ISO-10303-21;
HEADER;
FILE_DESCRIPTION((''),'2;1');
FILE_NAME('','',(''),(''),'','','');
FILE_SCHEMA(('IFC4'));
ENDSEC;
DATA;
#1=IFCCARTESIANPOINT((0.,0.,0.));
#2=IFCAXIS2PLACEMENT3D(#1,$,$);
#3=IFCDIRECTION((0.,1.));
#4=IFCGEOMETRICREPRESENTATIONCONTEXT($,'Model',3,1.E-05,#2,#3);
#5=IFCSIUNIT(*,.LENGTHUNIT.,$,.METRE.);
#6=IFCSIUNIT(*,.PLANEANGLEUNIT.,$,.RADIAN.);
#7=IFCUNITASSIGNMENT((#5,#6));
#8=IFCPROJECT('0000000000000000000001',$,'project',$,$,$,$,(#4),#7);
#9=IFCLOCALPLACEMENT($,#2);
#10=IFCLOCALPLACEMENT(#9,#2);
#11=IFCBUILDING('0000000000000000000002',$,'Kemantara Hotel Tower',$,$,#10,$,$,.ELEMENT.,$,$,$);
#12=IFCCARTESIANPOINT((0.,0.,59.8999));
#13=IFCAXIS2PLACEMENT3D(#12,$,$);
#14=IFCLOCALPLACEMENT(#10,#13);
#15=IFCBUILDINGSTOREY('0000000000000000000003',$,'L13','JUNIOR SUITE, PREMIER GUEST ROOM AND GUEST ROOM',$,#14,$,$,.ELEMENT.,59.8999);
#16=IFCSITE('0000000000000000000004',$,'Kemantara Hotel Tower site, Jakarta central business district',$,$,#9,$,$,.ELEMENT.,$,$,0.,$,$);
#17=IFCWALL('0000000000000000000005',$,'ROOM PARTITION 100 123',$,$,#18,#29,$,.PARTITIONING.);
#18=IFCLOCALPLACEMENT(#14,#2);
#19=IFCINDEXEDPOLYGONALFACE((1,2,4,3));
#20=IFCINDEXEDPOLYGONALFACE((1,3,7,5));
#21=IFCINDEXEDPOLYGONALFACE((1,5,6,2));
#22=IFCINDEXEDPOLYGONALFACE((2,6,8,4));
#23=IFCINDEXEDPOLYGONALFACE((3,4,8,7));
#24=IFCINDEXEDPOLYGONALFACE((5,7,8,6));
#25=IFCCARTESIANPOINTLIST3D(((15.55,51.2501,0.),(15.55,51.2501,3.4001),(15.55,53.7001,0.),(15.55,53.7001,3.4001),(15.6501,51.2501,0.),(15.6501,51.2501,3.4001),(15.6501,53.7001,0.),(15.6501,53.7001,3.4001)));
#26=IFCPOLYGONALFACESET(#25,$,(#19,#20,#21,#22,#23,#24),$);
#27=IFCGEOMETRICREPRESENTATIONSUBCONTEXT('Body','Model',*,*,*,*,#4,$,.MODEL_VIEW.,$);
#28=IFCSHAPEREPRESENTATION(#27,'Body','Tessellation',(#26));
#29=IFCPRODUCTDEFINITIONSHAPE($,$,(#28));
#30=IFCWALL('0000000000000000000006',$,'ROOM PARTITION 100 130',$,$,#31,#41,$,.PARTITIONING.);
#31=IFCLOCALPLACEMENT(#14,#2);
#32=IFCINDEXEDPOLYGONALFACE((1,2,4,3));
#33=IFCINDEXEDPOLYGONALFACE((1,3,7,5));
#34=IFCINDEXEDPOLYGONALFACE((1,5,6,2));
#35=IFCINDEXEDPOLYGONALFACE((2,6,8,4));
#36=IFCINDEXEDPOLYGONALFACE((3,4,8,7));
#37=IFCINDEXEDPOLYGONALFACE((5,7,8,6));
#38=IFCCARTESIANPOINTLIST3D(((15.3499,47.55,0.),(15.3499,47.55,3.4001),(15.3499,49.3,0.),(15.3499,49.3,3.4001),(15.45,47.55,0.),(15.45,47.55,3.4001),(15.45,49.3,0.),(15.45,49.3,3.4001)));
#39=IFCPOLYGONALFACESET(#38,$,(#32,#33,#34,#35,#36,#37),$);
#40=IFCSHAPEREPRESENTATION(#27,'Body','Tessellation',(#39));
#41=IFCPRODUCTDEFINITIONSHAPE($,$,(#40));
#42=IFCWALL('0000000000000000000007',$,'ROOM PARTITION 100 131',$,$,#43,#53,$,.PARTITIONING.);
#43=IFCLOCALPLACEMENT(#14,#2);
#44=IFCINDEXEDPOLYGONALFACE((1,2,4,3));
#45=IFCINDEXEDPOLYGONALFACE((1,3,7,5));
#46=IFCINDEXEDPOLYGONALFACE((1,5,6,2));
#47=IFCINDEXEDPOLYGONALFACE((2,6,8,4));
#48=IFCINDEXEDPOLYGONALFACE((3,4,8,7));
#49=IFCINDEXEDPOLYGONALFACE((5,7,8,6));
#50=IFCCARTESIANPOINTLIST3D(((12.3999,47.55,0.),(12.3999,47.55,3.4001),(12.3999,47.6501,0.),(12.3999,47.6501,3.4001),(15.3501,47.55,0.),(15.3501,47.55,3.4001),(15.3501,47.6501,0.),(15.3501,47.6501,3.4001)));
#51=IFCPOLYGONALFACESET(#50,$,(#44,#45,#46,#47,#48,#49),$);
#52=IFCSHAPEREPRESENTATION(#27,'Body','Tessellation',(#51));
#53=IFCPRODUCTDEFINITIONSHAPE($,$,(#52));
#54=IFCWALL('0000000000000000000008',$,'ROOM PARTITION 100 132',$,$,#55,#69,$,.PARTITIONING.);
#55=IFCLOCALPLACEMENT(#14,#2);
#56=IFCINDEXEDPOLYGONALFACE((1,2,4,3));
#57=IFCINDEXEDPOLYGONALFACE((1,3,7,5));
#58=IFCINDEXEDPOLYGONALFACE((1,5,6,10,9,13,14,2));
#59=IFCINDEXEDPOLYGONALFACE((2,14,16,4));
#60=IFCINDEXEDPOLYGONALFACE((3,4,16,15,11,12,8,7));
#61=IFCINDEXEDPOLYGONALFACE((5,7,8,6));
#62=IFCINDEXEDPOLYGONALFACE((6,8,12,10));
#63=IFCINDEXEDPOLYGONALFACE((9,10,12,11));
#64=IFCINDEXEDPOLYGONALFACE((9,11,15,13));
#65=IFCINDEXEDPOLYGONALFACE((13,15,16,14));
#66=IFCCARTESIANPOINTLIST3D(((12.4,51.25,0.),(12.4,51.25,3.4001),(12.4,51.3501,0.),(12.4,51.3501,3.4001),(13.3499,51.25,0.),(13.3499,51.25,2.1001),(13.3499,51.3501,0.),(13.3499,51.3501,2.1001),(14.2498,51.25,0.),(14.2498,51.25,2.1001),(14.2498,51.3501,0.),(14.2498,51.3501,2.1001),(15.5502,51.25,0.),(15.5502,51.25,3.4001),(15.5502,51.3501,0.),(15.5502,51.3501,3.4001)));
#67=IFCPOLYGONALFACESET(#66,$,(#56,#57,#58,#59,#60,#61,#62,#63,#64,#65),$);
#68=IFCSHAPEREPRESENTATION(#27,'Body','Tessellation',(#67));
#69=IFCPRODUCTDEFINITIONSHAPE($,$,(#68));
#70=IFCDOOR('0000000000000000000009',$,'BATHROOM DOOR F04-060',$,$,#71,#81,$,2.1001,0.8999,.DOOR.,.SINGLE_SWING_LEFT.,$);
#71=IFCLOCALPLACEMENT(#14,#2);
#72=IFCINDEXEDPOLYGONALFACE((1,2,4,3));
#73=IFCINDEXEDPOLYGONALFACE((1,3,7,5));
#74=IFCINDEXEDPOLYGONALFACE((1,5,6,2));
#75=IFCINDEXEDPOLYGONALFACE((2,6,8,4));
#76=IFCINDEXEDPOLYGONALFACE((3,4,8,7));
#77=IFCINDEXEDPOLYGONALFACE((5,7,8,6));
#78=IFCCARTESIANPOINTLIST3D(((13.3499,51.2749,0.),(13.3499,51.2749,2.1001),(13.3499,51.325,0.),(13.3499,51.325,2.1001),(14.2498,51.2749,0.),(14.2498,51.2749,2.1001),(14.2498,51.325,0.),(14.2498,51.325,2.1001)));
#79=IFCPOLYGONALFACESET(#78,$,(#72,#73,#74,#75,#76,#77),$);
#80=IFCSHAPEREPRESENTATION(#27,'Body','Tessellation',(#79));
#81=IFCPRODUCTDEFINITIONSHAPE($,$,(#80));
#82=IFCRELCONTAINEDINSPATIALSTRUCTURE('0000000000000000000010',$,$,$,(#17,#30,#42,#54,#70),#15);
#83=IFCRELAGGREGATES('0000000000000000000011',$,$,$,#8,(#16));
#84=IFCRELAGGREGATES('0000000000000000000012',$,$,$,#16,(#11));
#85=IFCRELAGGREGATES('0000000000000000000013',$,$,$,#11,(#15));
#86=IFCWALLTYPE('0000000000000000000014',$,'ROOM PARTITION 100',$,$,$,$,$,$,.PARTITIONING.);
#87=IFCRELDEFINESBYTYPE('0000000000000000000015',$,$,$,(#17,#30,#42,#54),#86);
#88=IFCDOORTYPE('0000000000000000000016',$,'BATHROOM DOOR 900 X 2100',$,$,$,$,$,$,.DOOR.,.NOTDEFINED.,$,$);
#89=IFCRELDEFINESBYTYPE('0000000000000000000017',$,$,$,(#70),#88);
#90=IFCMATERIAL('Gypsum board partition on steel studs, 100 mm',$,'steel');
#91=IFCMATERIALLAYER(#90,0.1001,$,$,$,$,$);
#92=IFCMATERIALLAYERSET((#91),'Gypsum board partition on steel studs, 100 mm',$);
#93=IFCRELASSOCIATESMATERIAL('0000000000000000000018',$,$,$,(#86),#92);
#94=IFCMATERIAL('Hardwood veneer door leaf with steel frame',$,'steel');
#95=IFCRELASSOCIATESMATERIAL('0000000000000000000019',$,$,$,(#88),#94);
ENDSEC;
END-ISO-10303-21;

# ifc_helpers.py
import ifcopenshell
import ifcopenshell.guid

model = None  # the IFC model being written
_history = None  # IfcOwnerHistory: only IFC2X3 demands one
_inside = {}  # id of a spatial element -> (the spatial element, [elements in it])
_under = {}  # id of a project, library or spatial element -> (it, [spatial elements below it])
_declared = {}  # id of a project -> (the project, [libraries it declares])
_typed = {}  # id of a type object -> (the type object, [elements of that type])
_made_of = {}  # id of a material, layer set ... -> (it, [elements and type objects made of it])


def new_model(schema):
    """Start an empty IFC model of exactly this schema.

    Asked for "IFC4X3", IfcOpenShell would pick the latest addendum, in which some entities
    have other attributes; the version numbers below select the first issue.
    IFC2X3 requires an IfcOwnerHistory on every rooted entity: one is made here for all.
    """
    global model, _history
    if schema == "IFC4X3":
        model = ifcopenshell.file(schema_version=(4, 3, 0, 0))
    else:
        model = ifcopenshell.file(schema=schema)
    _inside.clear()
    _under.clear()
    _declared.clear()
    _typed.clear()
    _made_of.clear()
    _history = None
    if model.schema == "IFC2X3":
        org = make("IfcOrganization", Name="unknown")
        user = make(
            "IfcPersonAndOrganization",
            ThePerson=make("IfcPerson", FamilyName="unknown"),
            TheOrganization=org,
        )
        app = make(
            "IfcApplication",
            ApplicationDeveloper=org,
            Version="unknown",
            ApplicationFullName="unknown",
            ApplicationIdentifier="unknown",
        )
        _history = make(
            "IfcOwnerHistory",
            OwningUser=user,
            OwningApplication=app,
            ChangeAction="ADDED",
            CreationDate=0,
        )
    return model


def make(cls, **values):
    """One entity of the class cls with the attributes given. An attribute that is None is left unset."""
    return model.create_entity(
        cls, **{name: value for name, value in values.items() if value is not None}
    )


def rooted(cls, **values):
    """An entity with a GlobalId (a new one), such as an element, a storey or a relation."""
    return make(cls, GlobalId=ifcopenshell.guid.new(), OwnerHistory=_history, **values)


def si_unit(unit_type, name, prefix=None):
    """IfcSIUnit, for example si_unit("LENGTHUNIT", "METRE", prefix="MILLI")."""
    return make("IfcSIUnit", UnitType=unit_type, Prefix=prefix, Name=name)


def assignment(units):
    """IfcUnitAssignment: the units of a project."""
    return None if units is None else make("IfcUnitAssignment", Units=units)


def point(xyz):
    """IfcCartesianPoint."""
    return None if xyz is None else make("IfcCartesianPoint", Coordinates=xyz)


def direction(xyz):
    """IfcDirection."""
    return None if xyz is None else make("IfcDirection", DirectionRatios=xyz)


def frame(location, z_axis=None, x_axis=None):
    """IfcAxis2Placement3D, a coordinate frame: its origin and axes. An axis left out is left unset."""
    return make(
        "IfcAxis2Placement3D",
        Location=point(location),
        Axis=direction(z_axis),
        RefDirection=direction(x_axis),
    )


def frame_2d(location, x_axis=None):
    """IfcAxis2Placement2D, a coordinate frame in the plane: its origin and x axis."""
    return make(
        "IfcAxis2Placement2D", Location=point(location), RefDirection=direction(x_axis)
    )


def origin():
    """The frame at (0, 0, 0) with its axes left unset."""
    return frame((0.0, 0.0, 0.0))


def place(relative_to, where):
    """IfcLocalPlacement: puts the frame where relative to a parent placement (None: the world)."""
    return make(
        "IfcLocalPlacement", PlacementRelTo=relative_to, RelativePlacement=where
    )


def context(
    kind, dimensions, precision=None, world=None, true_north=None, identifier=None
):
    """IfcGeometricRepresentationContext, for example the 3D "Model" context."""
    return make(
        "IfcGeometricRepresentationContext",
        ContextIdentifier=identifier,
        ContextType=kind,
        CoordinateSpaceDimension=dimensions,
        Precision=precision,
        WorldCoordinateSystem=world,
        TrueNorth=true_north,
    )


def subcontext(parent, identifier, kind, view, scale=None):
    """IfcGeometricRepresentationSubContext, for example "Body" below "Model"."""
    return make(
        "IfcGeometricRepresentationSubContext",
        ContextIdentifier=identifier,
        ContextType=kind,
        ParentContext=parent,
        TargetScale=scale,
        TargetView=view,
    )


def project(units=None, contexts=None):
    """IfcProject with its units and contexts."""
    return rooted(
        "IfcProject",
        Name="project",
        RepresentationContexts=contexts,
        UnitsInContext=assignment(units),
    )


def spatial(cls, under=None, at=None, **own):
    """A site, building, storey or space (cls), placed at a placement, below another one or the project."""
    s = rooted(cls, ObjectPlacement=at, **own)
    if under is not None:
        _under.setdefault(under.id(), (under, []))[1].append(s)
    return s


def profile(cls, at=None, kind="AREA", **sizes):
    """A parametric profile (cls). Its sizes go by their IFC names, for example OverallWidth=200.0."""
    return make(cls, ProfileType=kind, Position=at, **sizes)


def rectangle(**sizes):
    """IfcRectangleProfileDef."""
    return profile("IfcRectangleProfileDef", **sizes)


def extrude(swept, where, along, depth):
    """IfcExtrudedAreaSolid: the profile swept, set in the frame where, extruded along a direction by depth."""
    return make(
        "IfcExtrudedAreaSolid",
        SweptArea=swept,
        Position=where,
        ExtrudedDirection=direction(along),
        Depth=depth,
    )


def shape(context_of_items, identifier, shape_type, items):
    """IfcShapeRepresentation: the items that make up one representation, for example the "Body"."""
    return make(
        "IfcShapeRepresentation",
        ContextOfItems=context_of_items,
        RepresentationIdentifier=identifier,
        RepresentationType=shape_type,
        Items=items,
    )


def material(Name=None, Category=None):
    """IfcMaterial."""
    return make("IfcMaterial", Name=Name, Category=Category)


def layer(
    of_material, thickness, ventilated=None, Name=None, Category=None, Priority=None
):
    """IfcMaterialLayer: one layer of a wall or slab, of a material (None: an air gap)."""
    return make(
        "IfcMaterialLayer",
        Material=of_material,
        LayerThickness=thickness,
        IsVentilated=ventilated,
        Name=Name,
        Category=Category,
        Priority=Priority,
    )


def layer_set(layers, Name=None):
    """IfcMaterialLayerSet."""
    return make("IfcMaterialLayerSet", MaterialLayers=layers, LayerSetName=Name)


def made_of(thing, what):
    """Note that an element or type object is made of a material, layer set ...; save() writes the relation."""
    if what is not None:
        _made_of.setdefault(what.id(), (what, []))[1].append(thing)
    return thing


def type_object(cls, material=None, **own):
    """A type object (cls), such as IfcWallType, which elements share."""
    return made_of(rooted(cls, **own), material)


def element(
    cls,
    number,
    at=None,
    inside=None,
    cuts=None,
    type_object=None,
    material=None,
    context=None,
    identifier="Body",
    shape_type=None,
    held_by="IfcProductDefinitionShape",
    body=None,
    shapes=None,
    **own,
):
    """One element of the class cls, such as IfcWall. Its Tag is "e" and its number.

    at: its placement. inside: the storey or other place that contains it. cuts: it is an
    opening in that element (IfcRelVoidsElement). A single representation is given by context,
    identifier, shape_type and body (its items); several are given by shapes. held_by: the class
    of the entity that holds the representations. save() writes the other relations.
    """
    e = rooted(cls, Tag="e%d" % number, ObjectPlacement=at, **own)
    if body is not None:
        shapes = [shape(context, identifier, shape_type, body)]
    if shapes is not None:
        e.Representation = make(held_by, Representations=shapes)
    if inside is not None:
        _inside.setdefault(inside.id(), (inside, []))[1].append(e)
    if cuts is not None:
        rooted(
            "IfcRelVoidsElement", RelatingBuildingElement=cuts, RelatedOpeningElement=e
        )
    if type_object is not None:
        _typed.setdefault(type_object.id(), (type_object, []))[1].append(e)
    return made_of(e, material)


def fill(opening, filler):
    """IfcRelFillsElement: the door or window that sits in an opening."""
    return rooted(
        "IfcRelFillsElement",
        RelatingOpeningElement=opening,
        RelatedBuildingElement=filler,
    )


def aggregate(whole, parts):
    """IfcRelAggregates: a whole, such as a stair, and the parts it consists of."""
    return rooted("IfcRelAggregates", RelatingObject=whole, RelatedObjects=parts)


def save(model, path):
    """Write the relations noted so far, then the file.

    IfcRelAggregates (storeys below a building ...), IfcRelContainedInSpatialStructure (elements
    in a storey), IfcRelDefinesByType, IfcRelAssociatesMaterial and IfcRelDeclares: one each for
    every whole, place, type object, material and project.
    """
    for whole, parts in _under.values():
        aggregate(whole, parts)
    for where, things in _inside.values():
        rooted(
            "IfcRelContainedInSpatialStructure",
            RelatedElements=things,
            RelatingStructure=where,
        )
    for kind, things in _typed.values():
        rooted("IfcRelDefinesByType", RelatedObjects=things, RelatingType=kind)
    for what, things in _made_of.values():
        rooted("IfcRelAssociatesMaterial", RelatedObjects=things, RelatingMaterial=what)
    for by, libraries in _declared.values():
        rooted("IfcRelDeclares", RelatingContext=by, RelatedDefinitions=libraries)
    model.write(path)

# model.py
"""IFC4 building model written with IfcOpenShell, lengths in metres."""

from ifc_helpers import new_model, si_unit, direction, frame, frame_2d, origin, place, context, subcontext, project, spatial, rectangle, extrude, material, layer, layer_set, type_object, element, fill, save


model = new_model("IFC4")

# Units and contexts
model_context = context("Model", 3, precision=1e-05, world=origin(), true_north=direction((0.0, 1.0)))
body_context = subcontext(model_context, "Body", "Model", "MODEL_VIEW")
ifc_project = project(units=[si_unit("LENGTHUNIT", "METRE"), si_unit("PLANEANGLEUNIT", "RADIAN")], contexts=[model_context])

# Site, building, storey
site_placement = place(None, origin())
site = spatial("IfcSite", under=ifc_project, at=site_placement, Name="Kemantara Hotel Tower site, Jakarta central business district", CompositionType="ELEMENT", RefElevation=0.0)
building_placement = place(site_placement, origin())
building = spatial("IfcBuilding", under=site, at=building_placement, Name="Kemantara Hotel Tower", CompositionType="ELEMENT")
storey_placement = place(building_placement, frame((0.0, 0.0, 59.8999)))
storey = spatial("IfcBuildingStorey", under=building, at=storey_placement, Name="L13", Description="JUNIOR SUITE, PREMIER GUEST ROOM AND GUEST ROOM", CompositionType="ELEMENT", Elevation=59.8999)

# Shared definitions
ifc_material_1 = material(Name="Hardwood veneer door leaf with steel frame", Category="steel")

# Walls
ifc_material_2 = material(Name="Gypsum board partition on steel studs, 100 mm", Category="steel")
ifc_layer_1 = layer(ifc_material_2, 0.1001)
ifc_layer_set_1 = layer_set([ifc_layer_1], Name="Gypsum board partition on steel studs, 100 mm")
wall_type_1 = type_object("IfcWallType", Name="ROOM PARTITION 100", PredefinedType="PARTITIONING", material=ifc_layer_set_1)
wall_1_placement = place(storey_placement, frame((15.6001, 51.25, 0.0), z_axis=(0.0, 0.0, 1.0), x_axis=(0.0, 1.0, 0.0)))
element("IfcWall", 1, at=wall_1_placement, inside=storey, type_object=wall_type_1, Name="ROOM PARTITION 100 123", PredefinedType="PARTITIONING", context=body_context, shape_type="SweptSolid", body=[
    extrude(rectangle(XDim=2.45, YDim=0.1001, at=frame_2d((1.2251, 0.0))), origin(), (0.0, 0.0, 1.0), 3.4001),
])
wall_2_placement = place(storey_placement, frame((15.3999, 47.55, 0.0), z_axis=(0.0, 0.0, 1.0), x_axis=(0.0, 1.0, 0.0)))
element("IfcWall", 2, at=wall_2_placement, inside=storey, type_object=wall_type_1, Name="ROOM PARTITION 100 130", PredefinedType="PARTITIONING", context=body_context, shape_type="SweptSolid", body=[
    extrude(rectangle(XDim=1.75, YDim=0.1001, at=frame_2d((0.875, 0.0))), origin(), (0.0, 0.0, 1.0), 3.4001),
])
wall_3_placement = place(storey_placement, frame((12.3999, 47.6001, 0.0), z_axis=(0.0, 0.0, 1.0), x_axis=(1.0, 0.0, 0.0)))
element("IfcWall", 3, at=wall_3_placement, inside=storey, type_object=wall_type_1, Name="ROOM PARTITION 100 131", PredefinedType="PARTITIONING", context=body_context, shape_type="SweptSolid", body=[
    extrude(rectangle(XDim=2.9502, YDim=0.1001, at=frame_2d((1.4751, 0.0))), origin(), (0.0, 0.0, 1.0), 3.4001),
])

# Wall, opening, door
wall_4_placement = place(storey_placement, frame((12.3999, 51.3, 0.0), z_axis=(0.0, 0.0, 1.0), x_axis=(1.0, 0.0, 0.0)))
wall_4 = element("IfcWall", 4, at=wall_4_placement, inside=storey, type_object=wall_type_1, Name="ROOM PARTITION 100 132", PredefinedType="PARTITIONING", context=body_context, shape_type="SweptSolid", body=[
    extrude(rectangle(XDim=3.1501, YDim=0.1001, at=frame_2d((1.5752, 0.0))), origin(), (0.0, 0.0, 1.0), 3.4001),
])
opening_1_placement = place(wall_4_placement, frame((0.95, 0.0, 0.0)))
opening_1 = element("IfcOpeningElement", 5, at=opening_1_placement, cuts=wall_4, PredefinedType="OPENING", context=body_context, shape_type="SweptSolid", body=[
    extrude(rectangle(XDim=0.8999, YDim=2.1001, at=frame_2d((0.45, 1.05))), frame((0.0, 0.0601, 0.0), z_axis=(0.0, -1.0, 0.0), x_axis=(1.0, 0.0, 0.0)), (0.0, 0.0, 1.0), 0.1201),
])
door_type_1 = type_object("IfcDoorType", Name="BATHROOM DOOR 900 X 2100", OperationType="NOTDEFINED", PredefinedType="DOOR", material=ifc_material_1)
door_1_placement = place(opening_1_placement, origin())
door_1 = element("IfcDoor", 6, at=door_1_placement, inside=storey, type_object=door_type_1, Name="BATHROOM DOOR F04-060", OperationType="SINGLE_SWING_LEFT", OverallHeight=2.1001, OverallWidth=0.8999, PredefinedType="DOOR", context=body_context, shape_type="SweptSolid", body=[
    extrude(rectangle(XDim=0.8999, YDim=2.1001, at=frame_2d((0.45, 1.05))), frame((0.0, 0.0249, 0.0), z_axis=(0.0, -1.0, 0.0), x_axis=(1.0, 0.0, 0.0)), (0.0, 0.0, 1.0), 0.05),
])
fill(opening_1, door_1)

save(model, "model.ifc")
